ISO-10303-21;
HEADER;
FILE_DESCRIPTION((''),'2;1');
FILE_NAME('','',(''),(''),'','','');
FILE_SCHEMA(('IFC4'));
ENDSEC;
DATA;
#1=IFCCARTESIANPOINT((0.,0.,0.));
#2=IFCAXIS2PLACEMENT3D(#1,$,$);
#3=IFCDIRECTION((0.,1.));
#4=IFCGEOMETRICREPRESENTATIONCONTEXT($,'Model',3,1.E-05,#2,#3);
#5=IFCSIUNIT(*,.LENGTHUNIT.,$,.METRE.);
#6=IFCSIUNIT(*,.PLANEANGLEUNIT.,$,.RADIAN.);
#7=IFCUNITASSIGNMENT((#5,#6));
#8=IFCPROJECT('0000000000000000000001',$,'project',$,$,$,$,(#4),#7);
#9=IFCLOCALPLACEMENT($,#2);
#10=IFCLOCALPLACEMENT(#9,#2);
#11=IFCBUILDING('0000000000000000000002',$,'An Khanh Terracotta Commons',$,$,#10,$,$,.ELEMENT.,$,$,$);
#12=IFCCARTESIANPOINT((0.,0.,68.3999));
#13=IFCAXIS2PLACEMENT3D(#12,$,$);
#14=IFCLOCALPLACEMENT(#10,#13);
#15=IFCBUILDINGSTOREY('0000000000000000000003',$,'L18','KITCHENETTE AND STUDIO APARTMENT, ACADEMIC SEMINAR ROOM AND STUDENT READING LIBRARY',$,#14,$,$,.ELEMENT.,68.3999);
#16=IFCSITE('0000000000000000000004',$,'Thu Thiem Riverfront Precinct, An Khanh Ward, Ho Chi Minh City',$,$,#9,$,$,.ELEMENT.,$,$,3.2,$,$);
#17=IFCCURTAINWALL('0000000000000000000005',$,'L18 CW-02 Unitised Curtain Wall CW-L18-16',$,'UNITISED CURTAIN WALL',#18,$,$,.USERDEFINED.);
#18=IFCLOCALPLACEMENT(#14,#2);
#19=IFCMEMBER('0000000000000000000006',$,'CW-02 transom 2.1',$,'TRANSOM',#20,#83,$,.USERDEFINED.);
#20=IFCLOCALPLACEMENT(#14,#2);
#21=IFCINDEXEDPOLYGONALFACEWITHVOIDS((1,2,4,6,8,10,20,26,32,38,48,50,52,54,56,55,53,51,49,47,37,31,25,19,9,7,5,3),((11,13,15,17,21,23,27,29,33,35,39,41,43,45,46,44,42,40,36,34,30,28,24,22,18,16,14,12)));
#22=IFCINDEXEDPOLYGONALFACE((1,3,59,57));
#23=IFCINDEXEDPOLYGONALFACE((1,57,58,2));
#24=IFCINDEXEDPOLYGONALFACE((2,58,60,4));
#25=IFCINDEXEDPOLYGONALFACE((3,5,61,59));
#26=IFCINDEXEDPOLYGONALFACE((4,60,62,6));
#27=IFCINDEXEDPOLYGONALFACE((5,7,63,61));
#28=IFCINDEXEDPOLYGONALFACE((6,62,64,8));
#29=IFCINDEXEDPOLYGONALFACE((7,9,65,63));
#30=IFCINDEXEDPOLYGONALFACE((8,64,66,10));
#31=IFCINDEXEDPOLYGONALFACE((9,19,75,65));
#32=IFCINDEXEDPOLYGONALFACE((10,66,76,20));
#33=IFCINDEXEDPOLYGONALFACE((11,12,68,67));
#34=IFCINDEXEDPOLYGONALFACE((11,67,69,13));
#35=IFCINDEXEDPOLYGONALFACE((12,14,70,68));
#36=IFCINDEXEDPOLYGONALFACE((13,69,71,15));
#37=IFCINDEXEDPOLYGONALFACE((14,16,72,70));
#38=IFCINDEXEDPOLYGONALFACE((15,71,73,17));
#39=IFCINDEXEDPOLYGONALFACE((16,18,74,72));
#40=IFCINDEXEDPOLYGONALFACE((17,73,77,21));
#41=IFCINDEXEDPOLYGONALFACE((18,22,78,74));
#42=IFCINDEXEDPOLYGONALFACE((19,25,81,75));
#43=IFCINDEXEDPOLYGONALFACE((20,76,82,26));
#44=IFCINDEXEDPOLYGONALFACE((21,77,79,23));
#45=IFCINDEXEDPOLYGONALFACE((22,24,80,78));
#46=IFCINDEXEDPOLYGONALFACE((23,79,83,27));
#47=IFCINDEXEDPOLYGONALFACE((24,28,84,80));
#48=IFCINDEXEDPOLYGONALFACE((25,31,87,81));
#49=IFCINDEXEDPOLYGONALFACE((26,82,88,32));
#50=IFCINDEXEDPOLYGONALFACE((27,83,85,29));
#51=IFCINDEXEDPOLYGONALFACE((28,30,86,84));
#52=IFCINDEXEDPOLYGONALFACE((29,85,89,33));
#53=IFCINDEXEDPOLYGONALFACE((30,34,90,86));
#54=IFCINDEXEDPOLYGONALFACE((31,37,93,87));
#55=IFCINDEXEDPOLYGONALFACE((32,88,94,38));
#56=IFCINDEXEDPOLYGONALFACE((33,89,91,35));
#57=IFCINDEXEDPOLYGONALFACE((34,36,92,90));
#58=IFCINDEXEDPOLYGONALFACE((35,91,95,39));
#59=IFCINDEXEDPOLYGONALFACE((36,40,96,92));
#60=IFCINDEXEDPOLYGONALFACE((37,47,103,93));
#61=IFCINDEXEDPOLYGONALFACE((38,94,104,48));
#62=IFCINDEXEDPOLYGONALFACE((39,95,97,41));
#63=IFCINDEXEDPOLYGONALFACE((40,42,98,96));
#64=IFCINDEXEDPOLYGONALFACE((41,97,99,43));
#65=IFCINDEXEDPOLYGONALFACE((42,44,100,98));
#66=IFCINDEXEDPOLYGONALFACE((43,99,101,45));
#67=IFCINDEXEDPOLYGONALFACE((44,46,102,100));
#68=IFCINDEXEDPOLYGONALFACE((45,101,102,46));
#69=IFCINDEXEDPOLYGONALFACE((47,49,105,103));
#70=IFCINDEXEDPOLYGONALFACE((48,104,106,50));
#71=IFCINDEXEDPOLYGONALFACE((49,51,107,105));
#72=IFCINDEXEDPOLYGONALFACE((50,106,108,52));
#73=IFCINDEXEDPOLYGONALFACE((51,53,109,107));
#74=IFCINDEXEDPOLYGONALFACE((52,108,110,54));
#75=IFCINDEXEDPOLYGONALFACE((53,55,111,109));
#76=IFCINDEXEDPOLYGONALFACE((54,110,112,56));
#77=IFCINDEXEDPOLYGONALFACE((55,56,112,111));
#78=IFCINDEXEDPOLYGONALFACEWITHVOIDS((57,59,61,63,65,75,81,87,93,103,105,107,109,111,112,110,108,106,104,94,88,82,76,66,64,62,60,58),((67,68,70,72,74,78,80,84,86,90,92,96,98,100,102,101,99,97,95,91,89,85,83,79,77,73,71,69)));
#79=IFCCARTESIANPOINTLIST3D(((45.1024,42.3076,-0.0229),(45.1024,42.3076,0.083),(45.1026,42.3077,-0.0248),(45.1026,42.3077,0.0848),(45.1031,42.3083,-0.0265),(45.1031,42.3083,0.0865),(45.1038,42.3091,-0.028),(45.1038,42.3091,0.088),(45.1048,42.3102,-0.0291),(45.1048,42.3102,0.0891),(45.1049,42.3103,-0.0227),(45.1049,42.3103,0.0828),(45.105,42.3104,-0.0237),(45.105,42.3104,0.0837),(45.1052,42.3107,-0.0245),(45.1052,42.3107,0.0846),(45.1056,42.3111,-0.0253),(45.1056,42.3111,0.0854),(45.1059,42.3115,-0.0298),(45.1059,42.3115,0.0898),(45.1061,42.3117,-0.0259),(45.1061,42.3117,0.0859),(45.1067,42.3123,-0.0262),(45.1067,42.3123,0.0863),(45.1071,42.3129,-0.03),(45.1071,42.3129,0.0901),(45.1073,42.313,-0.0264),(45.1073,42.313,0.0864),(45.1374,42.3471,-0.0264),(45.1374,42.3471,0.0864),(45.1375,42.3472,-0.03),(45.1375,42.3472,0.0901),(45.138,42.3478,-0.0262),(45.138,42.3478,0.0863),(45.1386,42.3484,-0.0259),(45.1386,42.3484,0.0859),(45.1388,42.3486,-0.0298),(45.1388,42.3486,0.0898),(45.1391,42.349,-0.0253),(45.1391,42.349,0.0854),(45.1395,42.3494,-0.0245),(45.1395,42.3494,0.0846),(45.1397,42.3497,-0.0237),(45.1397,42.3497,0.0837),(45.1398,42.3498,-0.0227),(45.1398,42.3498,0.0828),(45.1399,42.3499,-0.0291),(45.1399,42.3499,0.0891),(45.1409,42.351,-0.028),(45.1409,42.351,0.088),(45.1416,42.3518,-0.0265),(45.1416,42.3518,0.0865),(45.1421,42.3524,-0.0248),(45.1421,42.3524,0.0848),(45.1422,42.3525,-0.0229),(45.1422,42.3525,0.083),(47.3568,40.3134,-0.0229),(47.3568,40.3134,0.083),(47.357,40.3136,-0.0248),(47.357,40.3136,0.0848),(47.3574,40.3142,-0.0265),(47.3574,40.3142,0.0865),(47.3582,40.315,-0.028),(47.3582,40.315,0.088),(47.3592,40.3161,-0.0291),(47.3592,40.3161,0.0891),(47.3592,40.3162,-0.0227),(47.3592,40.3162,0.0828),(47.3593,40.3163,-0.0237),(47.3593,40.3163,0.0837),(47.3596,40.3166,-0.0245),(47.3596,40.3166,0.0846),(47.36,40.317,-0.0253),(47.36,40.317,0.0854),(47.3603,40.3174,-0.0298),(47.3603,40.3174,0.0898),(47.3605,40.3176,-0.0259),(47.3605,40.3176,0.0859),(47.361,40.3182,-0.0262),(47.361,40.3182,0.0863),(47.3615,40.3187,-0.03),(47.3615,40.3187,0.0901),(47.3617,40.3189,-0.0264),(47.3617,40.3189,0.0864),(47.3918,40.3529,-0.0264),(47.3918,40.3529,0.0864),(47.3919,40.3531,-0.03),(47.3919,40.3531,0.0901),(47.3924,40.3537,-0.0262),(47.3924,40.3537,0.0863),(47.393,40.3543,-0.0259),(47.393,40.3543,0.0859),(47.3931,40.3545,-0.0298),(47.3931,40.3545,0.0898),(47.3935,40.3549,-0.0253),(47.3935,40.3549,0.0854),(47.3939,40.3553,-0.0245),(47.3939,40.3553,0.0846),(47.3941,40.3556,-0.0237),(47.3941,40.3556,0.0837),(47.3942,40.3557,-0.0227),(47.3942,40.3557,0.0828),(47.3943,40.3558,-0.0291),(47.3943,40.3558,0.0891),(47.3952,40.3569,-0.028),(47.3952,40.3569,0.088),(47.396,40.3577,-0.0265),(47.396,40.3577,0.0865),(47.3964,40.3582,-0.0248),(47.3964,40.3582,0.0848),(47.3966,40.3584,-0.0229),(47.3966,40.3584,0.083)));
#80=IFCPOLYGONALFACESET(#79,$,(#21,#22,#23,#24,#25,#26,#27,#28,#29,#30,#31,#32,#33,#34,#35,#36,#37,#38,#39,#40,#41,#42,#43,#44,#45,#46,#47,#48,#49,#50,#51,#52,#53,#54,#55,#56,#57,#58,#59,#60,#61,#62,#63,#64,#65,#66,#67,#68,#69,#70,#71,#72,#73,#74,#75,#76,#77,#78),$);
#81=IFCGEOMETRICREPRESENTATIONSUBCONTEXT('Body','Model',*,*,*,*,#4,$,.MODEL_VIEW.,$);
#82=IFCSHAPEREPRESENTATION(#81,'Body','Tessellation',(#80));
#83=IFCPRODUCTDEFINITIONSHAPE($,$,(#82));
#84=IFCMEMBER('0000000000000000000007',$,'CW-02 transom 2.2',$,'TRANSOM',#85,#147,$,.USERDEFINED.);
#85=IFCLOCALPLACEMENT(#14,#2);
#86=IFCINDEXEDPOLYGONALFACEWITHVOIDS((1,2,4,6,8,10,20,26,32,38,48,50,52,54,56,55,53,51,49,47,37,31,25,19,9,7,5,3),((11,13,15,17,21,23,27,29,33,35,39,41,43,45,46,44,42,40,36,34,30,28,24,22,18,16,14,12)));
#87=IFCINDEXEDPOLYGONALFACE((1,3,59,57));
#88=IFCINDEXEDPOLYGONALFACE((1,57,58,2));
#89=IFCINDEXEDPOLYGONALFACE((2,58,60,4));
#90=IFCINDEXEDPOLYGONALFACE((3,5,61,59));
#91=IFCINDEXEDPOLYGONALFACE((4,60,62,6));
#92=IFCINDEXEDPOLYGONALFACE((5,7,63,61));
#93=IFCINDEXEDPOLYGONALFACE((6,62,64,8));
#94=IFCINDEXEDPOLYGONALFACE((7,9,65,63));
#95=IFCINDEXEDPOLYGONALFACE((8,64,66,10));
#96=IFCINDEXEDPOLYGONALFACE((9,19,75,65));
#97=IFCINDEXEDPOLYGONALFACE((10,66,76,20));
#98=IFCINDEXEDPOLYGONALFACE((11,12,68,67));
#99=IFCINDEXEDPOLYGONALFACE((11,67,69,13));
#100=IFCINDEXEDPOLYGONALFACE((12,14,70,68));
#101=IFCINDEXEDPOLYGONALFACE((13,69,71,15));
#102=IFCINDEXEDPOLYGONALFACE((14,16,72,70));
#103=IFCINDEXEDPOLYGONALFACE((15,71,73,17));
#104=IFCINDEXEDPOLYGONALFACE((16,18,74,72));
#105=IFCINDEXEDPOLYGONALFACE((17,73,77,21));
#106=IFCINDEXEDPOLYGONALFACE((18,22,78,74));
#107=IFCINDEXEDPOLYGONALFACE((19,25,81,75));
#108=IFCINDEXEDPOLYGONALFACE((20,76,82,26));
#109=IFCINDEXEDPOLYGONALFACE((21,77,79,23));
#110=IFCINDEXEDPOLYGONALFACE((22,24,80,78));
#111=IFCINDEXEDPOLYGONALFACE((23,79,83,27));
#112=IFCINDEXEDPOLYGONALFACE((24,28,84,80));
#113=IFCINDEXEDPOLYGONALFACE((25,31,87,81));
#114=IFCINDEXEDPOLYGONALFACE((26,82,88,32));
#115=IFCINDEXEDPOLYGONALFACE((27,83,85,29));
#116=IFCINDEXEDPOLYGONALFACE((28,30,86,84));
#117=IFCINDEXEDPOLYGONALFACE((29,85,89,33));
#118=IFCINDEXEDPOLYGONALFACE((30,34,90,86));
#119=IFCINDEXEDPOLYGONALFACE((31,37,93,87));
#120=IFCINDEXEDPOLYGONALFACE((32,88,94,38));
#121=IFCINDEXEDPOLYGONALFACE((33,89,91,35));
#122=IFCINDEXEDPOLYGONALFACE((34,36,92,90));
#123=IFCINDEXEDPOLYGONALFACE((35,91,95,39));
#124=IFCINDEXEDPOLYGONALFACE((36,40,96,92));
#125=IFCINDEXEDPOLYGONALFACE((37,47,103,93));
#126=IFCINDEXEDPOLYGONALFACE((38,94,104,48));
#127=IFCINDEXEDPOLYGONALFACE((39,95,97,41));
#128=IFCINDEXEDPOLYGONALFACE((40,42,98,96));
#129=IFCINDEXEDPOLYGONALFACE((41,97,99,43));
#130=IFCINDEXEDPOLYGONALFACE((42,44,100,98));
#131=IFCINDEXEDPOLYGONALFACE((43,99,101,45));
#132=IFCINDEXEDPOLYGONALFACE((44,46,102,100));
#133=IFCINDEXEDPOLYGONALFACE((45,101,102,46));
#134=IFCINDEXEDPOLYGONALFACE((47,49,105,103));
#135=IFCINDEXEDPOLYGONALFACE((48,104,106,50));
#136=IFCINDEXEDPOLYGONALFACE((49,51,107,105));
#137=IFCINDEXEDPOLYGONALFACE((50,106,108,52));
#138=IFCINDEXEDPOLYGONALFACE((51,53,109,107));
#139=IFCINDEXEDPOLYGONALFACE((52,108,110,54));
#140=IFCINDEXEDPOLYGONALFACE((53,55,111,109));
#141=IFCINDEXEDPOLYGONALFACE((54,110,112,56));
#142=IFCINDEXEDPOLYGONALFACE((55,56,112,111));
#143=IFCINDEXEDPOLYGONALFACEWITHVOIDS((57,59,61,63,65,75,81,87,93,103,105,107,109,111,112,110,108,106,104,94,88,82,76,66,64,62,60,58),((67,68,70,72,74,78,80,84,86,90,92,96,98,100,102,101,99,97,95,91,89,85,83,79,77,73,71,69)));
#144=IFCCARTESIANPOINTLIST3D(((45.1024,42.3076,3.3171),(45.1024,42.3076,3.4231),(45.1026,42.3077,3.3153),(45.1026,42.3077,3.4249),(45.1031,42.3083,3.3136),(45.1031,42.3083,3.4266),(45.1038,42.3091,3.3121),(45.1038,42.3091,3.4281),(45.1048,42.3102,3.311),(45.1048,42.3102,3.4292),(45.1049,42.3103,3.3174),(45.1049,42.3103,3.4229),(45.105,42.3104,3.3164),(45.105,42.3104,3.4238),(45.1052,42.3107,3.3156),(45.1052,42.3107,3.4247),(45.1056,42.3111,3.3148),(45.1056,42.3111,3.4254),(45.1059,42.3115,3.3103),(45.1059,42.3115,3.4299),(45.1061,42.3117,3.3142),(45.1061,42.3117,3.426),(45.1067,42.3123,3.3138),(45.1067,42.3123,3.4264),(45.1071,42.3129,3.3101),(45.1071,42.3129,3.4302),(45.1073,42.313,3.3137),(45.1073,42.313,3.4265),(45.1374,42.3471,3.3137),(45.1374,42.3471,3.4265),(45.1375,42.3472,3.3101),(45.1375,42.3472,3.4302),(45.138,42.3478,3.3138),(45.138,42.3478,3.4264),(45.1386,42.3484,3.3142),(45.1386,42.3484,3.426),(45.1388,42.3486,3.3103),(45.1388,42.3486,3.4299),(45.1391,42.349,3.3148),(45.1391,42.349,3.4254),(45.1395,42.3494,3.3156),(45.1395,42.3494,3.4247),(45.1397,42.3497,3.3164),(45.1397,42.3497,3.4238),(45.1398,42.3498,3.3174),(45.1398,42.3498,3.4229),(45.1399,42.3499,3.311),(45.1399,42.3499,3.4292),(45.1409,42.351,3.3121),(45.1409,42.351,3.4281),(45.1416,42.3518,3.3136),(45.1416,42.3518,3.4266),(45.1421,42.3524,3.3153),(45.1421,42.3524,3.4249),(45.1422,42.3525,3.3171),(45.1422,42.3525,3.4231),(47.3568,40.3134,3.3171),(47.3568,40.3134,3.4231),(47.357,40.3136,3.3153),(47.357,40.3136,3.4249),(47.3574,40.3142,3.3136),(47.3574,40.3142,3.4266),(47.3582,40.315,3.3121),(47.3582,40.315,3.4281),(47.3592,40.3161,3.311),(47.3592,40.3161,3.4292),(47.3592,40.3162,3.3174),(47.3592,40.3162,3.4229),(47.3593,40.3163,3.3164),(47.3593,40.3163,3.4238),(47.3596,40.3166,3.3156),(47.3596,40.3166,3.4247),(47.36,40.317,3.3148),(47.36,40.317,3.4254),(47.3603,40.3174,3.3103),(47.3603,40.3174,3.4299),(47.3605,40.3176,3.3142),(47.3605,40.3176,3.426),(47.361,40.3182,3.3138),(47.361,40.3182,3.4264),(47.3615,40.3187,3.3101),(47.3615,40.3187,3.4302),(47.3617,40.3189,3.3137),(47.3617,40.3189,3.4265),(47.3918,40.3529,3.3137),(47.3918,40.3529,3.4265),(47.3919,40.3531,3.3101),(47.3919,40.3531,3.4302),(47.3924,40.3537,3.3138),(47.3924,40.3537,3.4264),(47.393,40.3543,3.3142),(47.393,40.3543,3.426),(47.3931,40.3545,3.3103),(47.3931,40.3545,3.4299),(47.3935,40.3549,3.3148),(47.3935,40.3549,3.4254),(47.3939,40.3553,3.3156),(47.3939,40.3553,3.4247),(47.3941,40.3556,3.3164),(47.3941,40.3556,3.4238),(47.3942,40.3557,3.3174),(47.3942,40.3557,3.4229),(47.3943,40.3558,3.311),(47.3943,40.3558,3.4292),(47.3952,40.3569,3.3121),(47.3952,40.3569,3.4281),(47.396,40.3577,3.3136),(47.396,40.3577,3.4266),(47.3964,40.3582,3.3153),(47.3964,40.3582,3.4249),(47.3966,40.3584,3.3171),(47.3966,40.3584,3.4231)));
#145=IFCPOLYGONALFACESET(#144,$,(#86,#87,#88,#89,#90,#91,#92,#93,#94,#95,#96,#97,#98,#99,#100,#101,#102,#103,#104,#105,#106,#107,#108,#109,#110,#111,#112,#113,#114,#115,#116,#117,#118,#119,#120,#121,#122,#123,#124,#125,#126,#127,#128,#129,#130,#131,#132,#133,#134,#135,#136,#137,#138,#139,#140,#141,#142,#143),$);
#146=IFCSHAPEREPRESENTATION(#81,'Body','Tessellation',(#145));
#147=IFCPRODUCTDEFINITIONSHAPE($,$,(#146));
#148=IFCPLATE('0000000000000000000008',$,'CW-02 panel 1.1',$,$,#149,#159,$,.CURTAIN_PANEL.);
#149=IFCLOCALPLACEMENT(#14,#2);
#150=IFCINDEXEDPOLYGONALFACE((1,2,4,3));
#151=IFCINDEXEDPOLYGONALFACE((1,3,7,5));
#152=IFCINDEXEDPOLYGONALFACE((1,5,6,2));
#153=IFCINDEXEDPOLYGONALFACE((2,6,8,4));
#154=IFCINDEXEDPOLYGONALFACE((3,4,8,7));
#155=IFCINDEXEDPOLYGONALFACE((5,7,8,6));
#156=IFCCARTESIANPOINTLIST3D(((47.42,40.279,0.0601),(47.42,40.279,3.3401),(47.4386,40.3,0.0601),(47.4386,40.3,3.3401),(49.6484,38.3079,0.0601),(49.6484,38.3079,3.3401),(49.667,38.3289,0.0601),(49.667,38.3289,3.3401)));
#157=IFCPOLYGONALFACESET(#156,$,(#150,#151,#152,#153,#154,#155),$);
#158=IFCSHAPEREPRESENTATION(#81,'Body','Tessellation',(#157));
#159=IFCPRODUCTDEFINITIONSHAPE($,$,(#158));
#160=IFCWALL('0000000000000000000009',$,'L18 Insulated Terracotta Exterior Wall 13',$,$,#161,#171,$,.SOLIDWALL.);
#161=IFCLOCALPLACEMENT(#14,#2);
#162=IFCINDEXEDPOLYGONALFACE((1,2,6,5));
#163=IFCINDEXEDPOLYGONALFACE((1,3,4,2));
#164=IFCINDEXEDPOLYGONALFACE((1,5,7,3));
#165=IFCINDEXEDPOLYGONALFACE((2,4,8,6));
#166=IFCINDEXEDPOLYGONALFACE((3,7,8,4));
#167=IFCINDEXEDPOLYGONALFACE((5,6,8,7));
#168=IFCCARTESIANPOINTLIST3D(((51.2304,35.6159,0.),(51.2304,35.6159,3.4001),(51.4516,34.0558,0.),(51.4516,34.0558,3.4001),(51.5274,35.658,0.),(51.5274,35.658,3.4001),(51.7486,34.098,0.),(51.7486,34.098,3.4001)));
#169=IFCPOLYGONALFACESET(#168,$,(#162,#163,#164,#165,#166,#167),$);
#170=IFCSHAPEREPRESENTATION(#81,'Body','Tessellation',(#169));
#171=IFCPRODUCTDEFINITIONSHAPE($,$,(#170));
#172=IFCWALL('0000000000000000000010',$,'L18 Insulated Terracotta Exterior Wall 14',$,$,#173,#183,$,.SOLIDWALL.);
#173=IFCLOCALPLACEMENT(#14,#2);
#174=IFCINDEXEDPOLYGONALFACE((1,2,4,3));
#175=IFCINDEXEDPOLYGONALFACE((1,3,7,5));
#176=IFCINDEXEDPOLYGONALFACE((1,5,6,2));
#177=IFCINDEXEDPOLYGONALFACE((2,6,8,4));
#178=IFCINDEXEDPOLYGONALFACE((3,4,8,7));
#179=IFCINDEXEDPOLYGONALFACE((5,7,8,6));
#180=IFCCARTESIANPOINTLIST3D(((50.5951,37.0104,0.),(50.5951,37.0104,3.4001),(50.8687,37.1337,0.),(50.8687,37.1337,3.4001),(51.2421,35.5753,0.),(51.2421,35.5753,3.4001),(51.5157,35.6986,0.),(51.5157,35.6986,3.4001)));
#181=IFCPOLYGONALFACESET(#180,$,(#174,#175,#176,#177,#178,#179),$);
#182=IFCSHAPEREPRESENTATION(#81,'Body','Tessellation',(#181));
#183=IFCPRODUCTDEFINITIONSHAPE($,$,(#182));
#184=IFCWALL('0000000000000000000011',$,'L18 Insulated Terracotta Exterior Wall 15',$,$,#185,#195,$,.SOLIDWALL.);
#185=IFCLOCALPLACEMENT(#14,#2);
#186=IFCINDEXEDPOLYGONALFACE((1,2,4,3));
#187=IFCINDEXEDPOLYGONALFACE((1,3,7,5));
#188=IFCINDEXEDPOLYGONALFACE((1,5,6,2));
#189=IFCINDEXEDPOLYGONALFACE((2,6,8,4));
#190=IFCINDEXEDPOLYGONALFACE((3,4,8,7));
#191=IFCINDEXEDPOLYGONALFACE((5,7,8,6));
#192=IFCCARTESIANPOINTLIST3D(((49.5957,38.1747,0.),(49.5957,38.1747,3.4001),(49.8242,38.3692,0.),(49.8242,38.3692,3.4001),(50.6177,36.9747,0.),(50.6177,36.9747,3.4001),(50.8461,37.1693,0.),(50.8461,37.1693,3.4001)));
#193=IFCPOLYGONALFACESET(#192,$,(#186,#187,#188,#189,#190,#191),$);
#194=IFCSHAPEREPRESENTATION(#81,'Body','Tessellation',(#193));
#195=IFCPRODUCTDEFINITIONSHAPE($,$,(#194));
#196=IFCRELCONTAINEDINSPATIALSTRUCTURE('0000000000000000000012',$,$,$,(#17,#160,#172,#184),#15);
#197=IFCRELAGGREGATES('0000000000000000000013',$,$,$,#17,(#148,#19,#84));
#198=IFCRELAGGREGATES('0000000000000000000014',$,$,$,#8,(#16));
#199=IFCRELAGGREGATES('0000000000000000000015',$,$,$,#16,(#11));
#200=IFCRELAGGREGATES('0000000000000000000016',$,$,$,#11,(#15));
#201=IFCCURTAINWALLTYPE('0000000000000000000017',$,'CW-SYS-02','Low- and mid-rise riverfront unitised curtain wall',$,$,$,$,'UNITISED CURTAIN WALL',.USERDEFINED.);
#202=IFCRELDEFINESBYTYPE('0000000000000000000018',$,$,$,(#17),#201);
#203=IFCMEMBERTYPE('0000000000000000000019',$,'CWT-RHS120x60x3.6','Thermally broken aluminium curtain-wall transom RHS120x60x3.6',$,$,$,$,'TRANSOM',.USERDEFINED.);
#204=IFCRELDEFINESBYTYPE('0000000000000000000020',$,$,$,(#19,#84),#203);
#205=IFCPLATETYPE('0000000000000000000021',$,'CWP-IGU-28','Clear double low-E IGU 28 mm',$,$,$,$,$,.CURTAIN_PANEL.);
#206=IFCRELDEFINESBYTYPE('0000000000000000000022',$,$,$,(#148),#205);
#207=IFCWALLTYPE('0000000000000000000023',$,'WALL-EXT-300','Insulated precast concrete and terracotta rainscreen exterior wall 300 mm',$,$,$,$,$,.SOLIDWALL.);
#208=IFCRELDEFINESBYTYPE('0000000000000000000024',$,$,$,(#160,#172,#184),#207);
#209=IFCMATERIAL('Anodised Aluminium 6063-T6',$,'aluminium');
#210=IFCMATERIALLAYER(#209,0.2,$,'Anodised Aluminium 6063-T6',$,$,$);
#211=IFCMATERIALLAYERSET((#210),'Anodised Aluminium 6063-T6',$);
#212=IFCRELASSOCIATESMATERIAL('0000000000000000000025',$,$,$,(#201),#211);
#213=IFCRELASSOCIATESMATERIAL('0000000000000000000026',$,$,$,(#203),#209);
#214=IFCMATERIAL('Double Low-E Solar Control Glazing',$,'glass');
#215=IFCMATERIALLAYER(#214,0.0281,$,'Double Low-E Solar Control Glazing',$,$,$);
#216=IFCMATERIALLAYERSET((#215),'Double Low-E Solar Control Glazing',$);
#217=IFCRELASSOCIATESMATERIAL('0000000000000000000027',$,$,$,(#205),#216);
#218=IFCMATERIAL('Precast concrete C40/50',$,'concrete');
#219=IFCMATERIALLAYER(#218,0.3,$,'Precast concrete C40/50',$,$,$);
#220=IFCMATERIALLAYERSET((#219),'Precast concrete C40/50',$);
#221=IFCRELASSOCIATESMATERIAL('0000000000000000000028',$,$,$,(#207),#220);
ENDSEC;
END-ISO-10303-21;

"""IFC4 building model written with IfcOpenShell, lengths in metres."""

from ifc_helpers import new_model, si_unit, direction, frame, frame_2d, origin, origin_2d, place, context, subcontext, project, spatial, rectangle, hollow_rectangle, extrude, material, layer, layer_set, material_profile, profile_set, type_object, element, aggregate, save


model = new_model("IFC4")

# Units and contexts
model_context = context("Model", 3, precision=1e-05, world=origin(), true_north=direction((0.0, 1.0)))
body_context = subcontext(model_context, "Body", "Model", "MODEL_VIEW")
ifc_project = project(units=[si_unit("LENGTHUNIT", "METRE"), si_unit("PLANEANGLEUNIT", "RADIAN")], contexts=[model_context])

# Site, building, storey
site_placement = place(None, origin())
site = spatial("IfcSite", under=ifc_project, at=site_placement, Name="Thu Thiem Riverfront Precinct, An Khanh Ward, Ho Chi Minh City", CompositionType="ELEMENT", RefElevation=3.2)
building_placement = place(site_placement, origin())
building = spatial("IfcBuilding", under=site, at=building_placement, Name="An Khanh Terracotta Commons", CompositionType="ELEMENT")
storey_placement = place(building_placement, frame((0.0, 0.0, 68.3999)))
storey = spatial("IfcBuildingStorey", under=building, at=storey_placement, Name="L18", Description="KITCHENETTE AND STUDIO APARTMENT, ACADEMIC SEMINAR ROOM AND STUDENT READING LIBRARY", CompositionType="ELEMENT", Elevation=68.3999)

# Curtain wall, members, plate
ifc_material_1 = material(Name="Anodised Aluminium 6063-T6", Category="aluminium")
ifc_layer_1 = layer(ifc_material_1, 0.2, Name="Anodised Aluminium 6063-T6")
ifc_layer_set_1 = layer_set([ifc_layer_1], Name="Anodised Aluminium 6063-T6")
curtain_wall_type = type_object("IfcCurtainWallType", Name="CW-SYS-02", Description="Low- and mid-rise riverfront unitised curtain wall", ElementType="UNITISED CURTAIN WALL", PredefinedType="USERDEFINED", material=ifc_layer_set_1)
curtain_wall_placement = place(storey_placement, origin())
curtain_wall = element("IfcCurtainWall", 1, at=curtain_wall_placement, inside=storey, type_object=curtain_wall_type, Name="L18 CW-02 Unitised Curtain Wall CW-L18-16", ObjectType="UNITISED CURTAIN WALL", PredefinedType="USERDEFINED")
ifc_material_profile_1 = material_profile(ifc_material_1, hollow_rectangle(XDim=0.0601, YDim=0.1201, WallThickness=0.0037, InnerFilletRadius=0.0037, OuterFilletRadius=0.0071, at=origin_2d()), Name="RHS120x60x3.6")
ifc_profile_set_1 = profile_set([ifc_material_profile_1], Name="Anodised Aluminium 6063-T6")
member_type_1 = type_object("IfcMemberType", Name="CWT-RHS120x60x3.6", Description="Thermally broken aluminium curtain-wall transom RHS120x60x3.6", ElementType="TRANSOM", PredefinedType="USERDEFINED", material=ifc_profile_set_1)
member_1_placement = place(storey_placement, frame((47.3767, 40.3359, 0.03), z_axis=(-0.749018, 0.662549, 0.0), x_axis=(-0.662549, -0.749018, 0.0)))
member_1 = element("IfcMember", 2, at=member_1_placement, type_object=member_type_1, Name="CW-02 transom 2.1", ObjectType="TRANSOM", PredefinedType="USERDEFINED", context=body_context, shape_type="SweptSolid", body=[
    extrude(hollow_rectangle(XDim=0.0601, YDim=0.1201, WallThickness=0.0037, InnerFilletRadius=0.0037, OuterFilletRadius=0.0071, at=origin_2d()), origin(), (0.0, 0.0, 1.0), 3.0098),
])
member_2_placement = place(storey_placement, frame((47.3767, 40.3359, 3.3701), z_axis=(-0.749018, 0.662549, 0.0), x_axis=(-0.662549, -0.749018, 0.0)))
member_2 = element("IfcMember", 3, at=member_2_placement, type_object=member_type_1, Name="CW-02 transom 2.2", ObjectType="TRANSOM", PredefinedType="USERDEFINED", context=body_context, shape_type="SweptSolid", body=[
    extrude(hollow_rectangle(XDim=0.0601, YDim=0.1201, WallThickness=0.0037, InnerFilletRadius=0.0037, OuterFilletRadius=0.0071, at=origin_2d()), origin(), (0.0, 0.0, 1.0), 3.0098),
])
ifc_material_2 = material(Name="Double Low-E Solar Control Glazing", Category="glass")
ifc_layer_2 = layer(ifc_material_2, 0.0281, Name="Double Low-E Solar Control Glazing")
ifc_layer_set_2 = layer_set([ifc_layer_2], Name="Double Low-E Solar Control Glazing")
plate_type = type_object("IfcPlateType", Name="CWP-IGU-28", Description="Clear double low-E IGU 28 mm", PredefinedType="CURTAIN_PANEL", material=ifc_layer_set_2)
plate_placement = place(storey_placement, frame((48.5435, 39.304, 0.0601), z_axis=(0.0, 0.0, 1.0), x_axis=(-0.749019, 0.662548, 0.0)))
plate = element("IfcPlate", 4, at=plate_placement, type_object=plate_type, Name="CW-02 panel 1.1", PredefinedType="CURTAIN_PANEL", context=body_context, shape_type="SweptSolid", body=[
    extrude(rectangle(XDim=2.9751, YDim=0.0281, at=origin_2d()), origin(), (0.0, 0.0, 1.0), 3.28),
])
aggregate(curtain_wall, [plate, member_1, member_2])

# Walls
ifc_material_3 = material(Name="Precast concrete C40/50", Category="concrete")
ifc_layer_3 = layer(ifc_material_3, 0.3, Name="Precast concrete C40/50")
ifc_layer_set_3 = layer_set([ifc_layer_3], Name="Precast concrete C40/50")
wall_type_1 = type_object("IfcWallType", Name="WALL-EXT-300", Description="Insulated precast concrete and terracotta rainscreen exterior wall 300 mm", PredefinedType="SOLIDWALL", material=ifc_layer_set_3)
wall_1_placement = place(storey_placement, frame((51.6001, 34.0769, 0.0), z_axis=(0.0, 0.0, 1.0), x_axis=(-0.14038, 0.990098, 0.0)))
element("IfcWall", 5, at=wall_1_placement, inside=storey, type_object=wall_type_1, Name="L18 Insulated Terracotta Exterior Wall 13", PredefinedType="SOLIDWALL", context=body_context, shape_type="SweptSolid", body=[
    extrude(rectangle(XDim=1.5757, YDim=0.3, at=frame_2d((0.7878, 0.0))), origin(), (0.0, 0.0, 1.0), 3.4001),
])
wall_2_placement = place(storey_placement, frame((51.3789, 35.637, 0.0), z_axis=(0.0, 0.0, 1.0), x_axis=(-0.410997, 0.911637, 0.0)))
element("IfcWall", 6, at=wall_2_placement, inside=storey, type_object=wall_type_1, Name="L18 Insulated Terracotta Exterior Wall 14", PredefinedType="SOLIDWALL", context=body_context, shape_type="SweptSolid", body=[
    extrude(rectangle(XDim=1.5742, YDim=0.3, at=frame_2d((0.7871, 0.0))), origin(), (0.0, 0.0, 1.0), 3.4001),
])
wall_3_placement = place(storey_placement, frame((50.7319, 37.072, 0.0), z_axis=(0.0, 0.0, 1.0), x_axis=(-0.64839, 0.761308, 0.0)))
element("IfcWall", 7, at=wall_3_placement, inside=storey, type_object=wall_type_1, Name="L18 Insulated Terracotta Exterior Wall 15", PredefinedType="SOLIDWALL", context=body_context, shape_type="SweptSolid", body=[
    extrude(rectangle(XDim=1.5762, YDim=0.3, at=frame_2d((0.7881, 0.0))), origin(), (0.0, 0.0, 1.0), 3.4001),
])

save(model, "model.ifc")
